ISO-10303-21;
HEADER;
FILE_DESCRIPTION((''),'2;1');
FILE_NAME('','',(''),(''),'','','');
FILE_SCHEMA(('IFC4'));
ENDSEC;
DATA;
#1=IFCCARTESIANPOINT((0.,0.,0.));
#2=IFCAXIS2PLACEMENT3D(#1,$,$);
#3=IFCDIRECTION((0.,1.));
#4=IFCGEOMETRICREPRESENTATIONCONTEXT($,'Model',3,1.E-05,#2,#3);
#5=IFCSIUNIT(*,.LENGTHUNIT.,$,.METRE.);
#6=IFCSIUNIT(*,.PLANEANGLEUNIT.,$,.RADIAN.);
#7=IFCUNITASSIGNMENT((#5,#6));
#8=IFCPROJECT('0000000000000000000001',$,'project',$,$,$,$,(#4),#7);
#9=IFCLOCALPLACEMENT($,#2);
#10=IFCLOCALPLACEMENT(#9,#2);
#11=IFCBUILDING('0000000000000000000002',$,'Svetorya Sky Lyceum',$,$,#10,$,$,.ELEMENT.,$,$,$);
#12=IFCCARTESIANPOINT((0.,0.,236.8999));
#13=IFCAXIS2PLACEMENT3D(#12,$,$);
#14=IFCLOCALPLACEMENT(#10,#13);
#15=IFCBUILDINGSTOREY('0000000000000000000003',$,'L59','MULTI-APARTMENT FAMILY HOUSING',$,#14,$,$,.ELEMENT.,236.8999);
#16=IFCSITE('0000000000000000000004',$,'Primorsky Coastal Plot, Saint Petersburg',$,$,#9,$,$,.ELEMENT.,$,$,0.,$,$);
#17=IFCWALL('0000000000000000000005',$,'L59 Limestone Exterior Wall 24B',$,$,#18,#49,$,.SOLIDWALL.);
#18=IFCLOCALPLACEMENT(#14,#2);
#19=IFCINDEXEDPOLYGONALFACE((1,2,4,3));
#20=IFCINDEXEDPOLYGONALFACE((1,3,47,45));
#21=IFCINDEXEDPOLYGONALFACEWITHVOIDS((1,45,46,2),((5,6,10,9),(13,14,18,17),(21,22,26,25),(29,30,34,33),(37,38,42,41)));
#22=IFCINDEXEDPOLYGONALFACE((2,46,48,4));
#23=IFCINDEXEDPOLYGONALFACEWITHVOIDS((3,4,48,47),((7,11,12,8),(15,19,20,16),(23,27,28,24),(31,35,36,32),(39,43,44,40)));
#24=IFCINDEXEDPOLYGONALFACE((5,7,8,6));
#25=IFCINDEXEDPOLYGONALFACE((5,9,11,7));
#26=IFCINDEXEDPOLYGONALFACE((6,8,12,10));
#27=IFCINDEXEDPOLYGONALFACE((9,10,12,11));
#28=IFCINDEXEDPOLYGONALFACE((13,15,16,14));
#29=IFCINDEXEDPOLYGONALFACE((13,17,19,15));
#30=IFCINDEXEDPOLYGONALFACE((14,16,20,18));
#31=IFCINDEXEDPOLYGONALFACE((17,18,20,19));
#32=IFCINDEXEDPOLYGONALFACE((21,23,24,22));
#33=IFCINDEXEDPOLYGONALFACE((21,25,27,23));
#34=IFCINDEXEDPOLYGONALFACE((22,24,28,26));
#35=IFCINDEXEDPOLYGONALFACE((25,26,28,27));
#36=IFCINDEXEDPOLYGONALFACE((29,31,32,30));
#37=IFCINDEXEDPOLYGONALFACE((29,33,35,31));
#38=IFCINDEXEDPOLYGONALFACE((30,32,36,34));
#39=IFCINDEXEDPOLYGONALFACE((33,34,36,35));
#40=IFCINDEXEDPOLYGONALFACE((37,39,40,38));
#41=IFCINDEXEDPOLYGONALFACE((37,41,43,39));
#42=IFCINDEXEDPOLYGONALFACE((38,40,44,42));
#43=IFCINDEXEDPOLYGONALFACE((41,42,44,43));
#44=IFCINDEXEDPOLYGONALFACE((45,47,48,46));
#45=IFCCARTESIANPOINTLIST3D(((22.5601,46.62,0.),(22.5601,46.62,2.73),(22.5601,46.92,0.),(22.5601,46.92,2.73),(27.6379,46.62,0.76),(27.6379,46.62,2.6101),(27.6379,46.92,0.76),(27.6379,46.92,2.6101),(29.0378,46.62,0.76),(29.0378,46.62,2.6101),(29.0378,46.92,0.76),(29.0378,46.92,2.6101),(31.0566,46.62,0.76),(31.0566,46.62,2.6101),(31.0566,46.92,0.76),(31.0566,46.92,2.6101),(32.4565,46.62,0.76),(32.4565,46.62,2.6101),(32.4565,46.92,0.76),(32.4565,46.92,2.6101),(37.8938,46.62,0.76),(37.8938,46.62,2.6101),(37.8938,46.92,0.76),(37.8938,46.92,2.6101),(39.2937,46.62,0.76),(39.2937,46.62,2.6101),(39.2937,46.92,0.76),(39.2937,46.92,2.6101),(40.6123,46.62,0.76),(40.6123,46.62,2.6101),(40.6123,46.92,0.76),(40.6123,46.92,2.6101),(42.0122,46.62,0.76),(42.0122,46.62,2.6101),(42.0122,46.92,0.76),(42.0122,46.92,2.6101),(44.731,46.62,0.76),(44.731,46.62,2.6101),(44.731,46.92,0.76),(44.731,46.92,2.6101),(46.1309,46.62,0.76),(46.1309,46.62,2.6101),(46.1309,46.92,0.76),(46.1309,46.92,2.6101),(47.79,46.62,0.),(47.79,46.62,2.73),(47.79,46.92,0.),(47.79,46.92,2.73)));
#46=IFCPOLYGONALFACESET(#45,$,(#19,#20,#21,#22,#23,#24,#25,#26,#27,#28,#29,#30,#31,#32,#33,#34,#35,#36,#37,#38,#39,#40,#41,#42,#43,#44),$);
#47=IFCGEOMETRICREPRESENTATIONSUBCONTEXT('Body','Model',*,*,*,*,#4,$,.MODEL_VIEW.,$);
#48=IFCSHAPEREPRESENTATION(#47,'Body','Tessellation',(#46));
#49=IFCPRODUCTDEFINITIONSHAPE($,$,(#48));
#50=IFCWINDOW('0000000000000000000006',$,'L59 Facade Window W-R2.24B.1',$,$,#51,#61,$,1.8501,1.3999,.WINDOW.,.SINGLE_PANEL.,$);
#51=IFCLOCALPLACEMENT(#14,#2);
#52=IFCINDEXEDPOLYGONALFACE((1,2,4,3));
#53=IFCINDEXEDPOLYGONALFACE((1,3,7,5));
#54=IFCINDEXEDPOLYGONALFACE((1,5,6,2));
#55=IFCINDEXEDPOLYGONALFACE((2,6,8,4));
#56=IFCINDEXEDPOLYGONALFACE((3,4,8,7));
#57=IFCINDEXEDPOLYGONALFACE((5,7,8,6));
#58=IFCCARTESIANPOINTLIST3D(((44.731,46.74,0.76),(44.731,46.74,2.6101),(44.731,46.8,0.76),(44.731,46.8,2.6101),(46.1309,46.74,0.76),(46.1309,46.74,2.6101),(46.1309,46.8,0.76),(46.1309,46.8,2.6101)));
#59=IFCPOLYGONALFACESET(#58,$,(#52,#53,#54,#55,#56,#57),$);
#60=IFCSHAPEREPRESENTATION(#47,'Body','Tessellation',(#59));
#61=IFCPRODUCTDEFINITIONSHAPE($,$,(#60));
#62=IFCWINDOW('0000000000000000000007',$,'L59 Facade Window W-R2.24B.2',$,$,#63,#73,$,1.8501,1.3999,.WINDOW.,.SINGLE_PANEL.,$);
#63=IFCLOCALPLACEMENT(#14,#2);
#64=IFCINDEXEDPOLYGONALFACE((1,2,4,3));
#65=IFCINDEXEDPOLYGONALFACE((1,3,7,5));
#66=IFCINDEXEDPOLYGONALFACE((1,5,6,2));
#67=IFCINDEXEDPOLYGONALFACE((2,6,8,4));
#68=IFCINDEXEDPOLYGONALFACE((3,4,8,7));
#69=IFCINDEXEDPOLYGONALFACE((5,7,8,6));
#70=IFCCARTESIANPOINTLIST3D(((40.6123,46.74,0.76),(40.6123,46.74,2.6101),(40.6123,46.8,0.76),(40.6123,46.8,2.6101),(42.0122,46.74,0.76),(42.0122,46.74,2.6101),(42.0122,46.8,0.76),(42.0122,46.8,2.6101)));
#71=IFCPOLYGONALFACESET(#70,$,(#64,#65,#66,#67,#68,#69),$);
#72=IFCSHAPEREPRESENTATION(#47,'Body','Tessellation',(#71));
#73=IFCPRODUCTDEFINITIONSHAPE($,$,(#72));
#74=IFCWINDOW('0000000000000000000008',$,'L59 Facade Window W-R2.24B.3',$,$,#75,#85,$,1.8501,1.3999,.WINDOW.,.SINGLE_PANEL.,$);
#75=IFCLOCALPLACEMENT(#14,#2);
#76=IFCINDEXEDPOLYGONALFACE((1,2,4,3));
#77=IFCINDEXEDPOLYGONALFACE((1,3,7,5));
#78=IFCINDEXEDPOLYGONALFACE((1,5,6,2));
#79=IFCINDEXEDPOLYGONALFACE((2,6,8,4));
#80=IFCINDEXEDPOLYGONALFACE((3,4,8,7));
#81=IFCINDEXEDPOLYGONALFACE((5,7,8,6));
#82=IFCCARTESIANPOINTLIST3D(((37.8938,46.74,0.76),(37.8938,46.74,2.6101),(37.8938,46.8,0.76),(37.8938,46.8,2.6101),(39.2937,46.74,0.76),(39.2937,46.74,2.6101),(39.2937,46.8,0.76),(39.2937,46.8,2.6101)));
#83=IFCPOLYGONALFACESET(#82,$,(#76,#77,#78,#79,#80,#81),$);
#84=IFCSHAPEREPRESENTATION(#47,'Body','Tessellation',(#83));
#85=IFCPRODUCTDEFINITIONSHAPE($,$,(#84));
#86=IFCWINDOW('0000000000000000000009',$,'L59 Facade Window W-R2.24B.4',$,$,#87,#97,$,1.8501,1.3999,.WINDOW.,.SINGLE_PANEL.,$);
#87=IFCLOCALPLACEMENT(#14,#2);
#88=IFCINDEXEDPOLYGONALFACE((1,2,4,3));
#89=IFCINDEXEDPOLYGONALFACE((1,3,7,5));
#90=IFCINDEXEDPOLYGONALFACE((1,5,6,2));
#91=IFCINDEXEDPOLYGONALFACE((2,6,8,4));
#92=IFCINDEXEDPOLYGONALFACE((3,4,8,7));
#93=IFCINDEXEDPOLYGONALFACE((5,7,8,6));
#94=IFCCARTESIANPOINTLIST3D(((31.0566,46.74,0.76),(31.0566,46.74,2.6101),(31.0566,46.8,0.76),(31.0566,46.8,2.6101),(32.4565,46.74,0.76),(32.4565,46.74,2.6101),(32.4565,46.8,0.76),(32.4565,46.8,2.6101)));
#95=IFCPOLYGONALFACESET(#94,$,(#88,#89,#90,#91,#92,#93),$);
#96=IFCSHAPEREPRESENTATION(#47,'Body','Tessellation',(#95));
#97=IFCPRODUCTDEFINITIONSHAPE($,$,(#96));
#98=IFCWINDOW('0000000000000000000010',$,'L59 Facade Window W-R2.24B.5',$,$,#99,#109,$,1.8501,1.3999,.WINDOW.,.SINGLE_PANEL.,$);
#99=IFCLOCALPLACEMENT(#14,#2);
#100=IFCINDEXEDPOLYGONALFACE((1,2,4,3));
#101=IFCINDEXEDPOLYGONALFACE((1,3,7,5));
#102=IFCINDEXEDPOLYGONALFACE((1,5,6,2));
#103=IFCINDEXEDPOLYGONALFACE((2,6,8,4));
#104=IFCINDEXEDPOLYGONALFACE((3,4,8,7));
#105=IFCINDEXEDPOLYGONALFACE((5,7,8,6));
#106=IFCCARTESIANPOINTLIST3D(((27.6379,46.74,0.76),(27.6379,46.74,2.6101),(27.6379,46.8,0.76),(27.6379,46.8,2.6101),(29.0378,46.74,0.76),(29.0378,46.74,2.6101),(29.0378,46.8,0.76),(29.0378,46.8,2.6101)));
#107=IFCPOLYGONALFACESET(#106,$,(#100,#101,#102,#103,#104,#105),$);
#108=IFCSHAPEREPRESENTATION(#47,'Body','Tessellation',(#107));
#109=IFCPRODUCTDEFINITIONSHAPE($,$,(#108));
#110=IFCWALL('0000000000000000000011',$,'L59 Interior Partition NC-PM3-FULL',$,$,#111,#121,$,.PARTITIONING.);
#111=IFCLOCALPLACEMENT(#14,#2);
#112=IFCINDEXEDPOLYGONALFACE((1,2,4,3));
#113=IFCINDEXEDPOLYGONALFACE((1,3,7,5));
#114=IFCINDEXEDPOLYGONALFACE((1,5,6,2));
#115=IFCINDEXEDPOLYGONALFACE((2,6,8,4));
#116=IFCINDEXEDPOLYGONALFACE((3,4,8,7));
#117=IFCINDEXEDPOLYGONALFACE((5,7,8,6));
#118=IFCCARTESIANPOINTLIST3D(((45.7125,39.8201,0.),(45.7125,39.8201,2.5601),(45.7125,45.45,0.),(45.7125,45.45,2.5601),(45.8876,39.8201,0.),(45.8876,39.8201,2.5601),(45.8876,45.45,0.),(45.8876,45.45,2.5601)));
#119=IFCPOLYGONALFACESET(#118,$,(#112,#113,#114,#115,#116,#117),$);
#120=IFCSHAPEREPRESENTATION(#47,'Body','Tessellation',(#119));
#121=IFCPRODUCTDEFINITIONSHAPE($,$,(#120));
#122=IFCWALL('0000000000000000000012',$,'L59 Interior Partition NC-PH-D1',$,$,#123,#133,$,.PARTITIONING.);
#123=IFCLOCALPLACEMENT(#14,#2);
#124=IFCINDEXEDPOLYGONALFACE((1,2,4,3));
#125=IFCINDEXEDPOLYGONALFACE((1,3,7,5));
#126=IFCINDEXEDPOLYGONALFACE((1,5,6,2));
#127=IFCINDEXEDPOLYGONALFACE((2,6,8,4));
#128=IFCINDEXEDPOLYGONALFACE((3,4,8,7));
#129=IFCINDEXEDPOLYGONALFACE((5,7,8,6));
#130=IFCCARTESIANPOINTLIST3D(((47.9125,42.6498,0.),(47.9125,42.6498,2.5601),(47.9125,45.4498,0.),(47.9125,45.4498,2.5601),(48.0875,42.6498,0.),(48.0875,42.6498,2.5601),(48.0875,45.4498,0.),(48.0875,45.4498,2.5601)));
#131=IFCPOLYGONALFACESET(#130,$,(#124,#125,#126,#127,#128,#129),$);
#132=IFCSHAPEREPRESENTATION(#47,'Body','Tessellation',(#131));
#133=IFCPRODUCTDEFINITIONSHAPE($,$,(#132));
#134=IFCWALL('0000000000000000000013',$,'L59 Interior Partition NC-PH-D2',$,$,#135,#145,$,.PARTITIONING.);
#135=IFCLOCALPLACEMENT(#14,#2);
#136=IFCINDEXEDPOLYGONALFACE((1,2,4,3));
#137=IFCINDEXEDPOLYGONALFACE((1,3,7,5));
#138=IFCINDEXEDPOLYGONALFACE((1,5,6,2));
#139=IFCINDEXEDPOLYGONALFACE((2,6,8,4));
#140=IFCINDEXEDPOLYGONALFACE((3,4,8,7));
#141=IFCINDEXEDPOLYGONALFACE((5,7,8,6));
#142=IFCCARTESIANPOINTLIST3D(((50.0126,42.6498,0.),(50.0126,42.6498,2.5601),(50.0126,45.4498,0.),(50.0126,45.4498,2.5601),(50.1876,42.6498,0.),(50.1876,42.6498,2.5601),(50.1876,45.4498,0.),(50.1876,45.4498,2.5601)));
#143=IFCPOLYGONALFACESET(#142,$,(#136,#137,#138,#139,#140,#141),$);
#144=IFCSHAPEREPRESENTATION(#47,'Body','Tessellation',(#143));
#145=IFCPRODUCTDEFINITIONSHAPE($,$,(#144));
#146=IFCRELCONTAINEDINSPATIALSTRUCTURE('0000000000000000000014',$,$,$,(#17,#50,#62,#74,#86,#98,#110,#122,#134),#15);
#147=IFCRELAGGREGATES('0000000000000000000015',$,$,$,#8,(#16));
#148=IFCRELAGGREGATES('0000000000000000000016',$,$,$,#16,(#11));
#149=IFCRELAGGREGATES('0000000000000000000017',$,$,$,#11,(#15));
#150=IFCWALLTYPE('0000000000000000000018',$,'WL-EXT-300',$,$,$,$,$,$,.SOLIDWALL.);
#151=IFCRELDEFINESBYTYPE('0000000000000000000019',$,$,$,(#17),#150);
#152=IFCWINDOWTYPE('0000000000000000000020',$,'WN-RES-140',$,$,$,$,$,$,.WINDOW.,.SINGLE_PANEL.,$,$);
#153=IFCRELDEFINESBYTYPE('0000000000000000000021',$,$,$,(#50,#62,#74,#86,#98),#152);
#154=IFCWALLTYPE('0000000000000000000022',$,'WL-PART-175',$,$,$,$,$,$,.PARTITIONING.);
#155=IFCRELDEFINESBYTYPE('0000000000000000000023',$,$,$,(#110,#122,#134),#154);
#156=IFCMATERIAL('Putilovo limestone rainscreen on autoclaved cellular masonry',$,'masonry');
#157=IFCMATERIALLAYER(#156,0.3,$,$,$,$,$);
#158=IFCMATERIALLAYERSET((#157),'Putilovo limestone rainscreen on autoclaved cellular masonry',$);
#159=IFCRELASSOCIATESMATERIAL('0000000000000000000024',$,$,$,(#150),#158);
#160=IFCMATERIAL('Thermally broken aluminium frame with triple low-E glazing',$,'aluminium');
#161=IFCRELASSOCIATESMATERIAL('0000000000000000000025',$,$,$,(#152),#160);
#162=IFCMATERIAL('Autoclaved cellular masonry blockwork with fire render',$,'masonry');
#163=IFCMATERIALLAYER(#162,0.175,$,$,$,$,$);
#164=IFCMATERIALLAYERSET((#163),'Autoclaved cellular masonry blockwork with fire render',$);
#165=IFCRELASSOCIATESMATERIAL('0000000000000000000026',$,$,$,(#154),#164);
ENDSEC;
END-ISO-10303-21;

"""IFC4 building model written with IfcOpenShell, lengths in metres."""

from ifc_helpers import new_model, si_unit, direction, frame, frame_2d, origin, place, context, subcontext, project, spatial, rectangle, extrude, material, layer, layer_set, type_object, element, fill, save


model = new_model("IFC4")

# Units and contexts
model_context = context("Model", 3, precision=1e-05, world=origin(), true_north=direction((0.0, 1.0)))
body_context = subcontext(model_context, "Body", "Model", "MODEL_VIEW")
ifc_project = project(units=[si_unit("LENGTHUNIT", "METRE"), si_unit("PLANEANGLEUNIT", "RADIAN")], contexts=[model_context])

# Site, building, storey
site_placement = place(None, origin())
site = spatial("IfcSite", under=ifc_project, at=site_placement, Name="Primorsky Coastal Plot, Saint Petersburg", CompositionType="ELEMENT", RefElevation=0.0)
building_placement = place(site_placement, origin())
building = spatial("IfcBuilding", under=site, at=building_placement, Name="Svetorya Sky Lyceum", CompositionType="ELEMENT")
storey_placement = place(building_placement, frame((0.0, 0.0, 236.8999)))
storey = spatial("IfcBuildingStorey", under=building, at=storey_placement, Name="L59", Description="MULTI-APARTMENT FAMILY HOUSING", CompositionType="ELEMENT", Elevation=236.8999)

# Wall, openings, windows
ifc_material_1 = material(Name="Putilovo limestone rainscreen on autoclaved cellular masonry", Category="masonry")
ifc_layer_1 = layer(ifc_material_1, 0.3)
ifc_layer_set_1 = layer_set([ifc_layer_1], Name="Putilovo limestone rainscreen on autoclaved cellular masonry")
wall_type_1 = type_object("IfcWallType", Name="WL-EXT-300", PredefinedType="SOLIDWALL", material=ifc_layer_set_1)
wall_1_placement = place(storey_placement, frame((47.79, 46.77, 0.0), z_axis=(0.0, 0.0, 1.0), x_axis=(-1.0, 0.0, 0.0)))
wall_1 = element("IfcWall", 1, at=wall_1_placement, inside=storey, type_object=wall_type_1, Name="L59 Limestone Exterior Wall 24B", PredefinedType="SOLIDWALL", context=body_context, shape_type="SweptSolid", body=[
    extrude(rectangle(XDim=25.23, YDim=0.3, at=frame_2d((12.615, 0.0))), origin(), (0.0, 0.0, 1.0), 2.73),
])
opening_1_placement = place(wall_1_placement, frame((1.6592, 0.0, 0.76)))
opening_1 = element("IfcOpeningElement", 2, at=opening_1_placement, cuts=wall_1, PredefinedType="OPENING", context=body_context, shape_type="SweptSolid", body=[
    extrude(rectangle(XDim=1.3999, YDim=1.8501, at=frame_2d((0.7, 0.925))), frame((0.0, 0.1599, 0.0), z_axis=(0.0, -1.0, 0.0), x_axis=(1.0, 0.0, 0.0)), (0.0, 0.0, 1.0), 0.3201),
])
opening_2_placement = place(wall_1_placement, frame((5.7778, 0.0, 0.76)))
opening_2 = element("IfcOpeningElement", 3, at=opening_2_placement, cuts=wall_1, PredefinedType="OPENING", context=body_context, shape_type="SweptSolid", body=[
    extrude(rectangle(XDim=1.3999, YDim=1.8501, at=frame_2d((0.7, 0.925))), frame((0.0, 0.1599, 0.0), z_axis=(0.0, -1.0, 0.0), x_axis=(1.0, 0.0, 0.0)), (0.0, 0.0, 1.0), 0.3201),
])
opening_3_placement = place(wall_1_placement, frame((8.4963, 0.0, 0.76)))
opening_3 = element("IfcOpeningElement", 4, at=opening_3_placement, cuts=wall_1, PredefinedType="OPENING", context=body_context, shape_type="SweptSolid", body=[
    extrude(rectangle(XDim=1.3999, YDim=1.8501, at=frame_2d((0.7, 0.925))), frame((0.0, 0.1599, 0.0), z_axis=(0.0, -1.0, 0.0), x_axis=(1.0, 0.0, 0.0)), (0.0, 0.0, 1.0), 0.3201),
])
opening_4_placement = place(wall_1_placement, frame((15.3335, 0.0, 0.76)))
opening_4 = element("IfcOpeningElement", 5, at=opening_4_placement, cuts=wall_1, PredefinedType="OPENING", context=body_context, shape_type="SweptSolid", body=[
    extrude(rectangle(XDim=1.3999, YDim=1.8501, at=frame_2d((0.7, 0.925))), frame((0.0, 0.1599, 0.0), z_axis=(0.0, -1.0, 0.0), x_axis=(1.0, 0.0, 0.0)), (0.0, 0.0, 1.0), 0.3201),
])
opening_5_placement = place(wall_1_placement, frame((18.7522, 0.0, 0.76)))
opening_5 = element("IfcOpeningElement", 6, at=opening_5_placement, cuts=wall_1, PredefinedType="OPENING", context=body_context, shape_type="SweptSolid", body=[
    extrude(rectangle(XDim=1.3999, YDim=1.8501, at=frame_2d((0.7, 0.925))), frame((0.0, 0.1599, 0.0), z_axis=(0.0, -1.0, 0.0), x_axis=(1.0, 0.0, 0.0)), (0.0, 0.0, 1.0), 0.3201),
])
ifc_material_2 = material(Name="Thermally broken aluminium frame with triple low-E glazing", Category="aluminium")
window_type = type_object("IfcWindowType", Name="WN-RES-140", PartitioningType="SINGLE_PANEL", PredefinedType="WINDOW", material=ifc_material_2)
window_1_placement = place(opening_1_placement, origin())
window_1 = element("IfcWindow", 7, at=window_1_placement, inside=storey, type_object=window_type, Name="L59 Facade Window W-R2.24B.1", OverallHeight=1.8501, OverallWidth=1.3999, PartitioningType="SINGLE_PANEL", PredefinedType="WINDOW", context=body_context, shape_type="SweptSolid", body=[
    extrude(rectangle(XDim=1.3999, YDim=1.8501, at=frame_2d((0.7, 0.925))), frame((0.0, 0.03, 0.0), z_axis=(0.0, -1.0, 0.0), x_axis=(1.0, 0.0, 0.0)), (0.0, 0.0, 1.0), 0.0601),
])
fill(opening_1, window_1)
window_2_placement = place(opening_2_placement, origin())
window_2 = element("IfcWindow", 8, at=window_2_placement, inside=storey, type_object=window_type, Name="L59 Facade Window W-R2.24B.2", OverallHeight=1.8501, OverallWidth=1.3999, PartitioningType="SINGLE_PANEL", PredefinedType="WINDOW", context=body_context, shape_type="SweptSolid", body=[
    extrude(rectangle(XDim=1.3999, YDim=1.8501, at=frame_2d((0.7, 0.925))), frame((0.0, 0.03, 0.0), z_axis=(0.0, -1.0, 0.0), x_axis=(1.0, 0.0, 0.0)), (0.0, 0.0, 1.0), 0.0601),
])
fill(opening_2, window_2)
window_3_placement = place(opening_3_placement, origin())
window_3 = element("IfcWindow", 9, at=window_3_placement, inside=storey, type_object=window_type, Name="L59 Facade Window W-R2.24B.3", OverallHeight=1.8501, OverallWidth=1.3999, PartitioningType="SINGLE_PANEL", PredefinedType="WINDOW", context=body_context, shape_type="SweptSolid", body=[
    extrude(rectangle(XDim=1.3999, YDim=1.8501, at=frame_2d((0.7, 0.925))), frame((0.0, 0.03, 0.0), z_axis=(0.0, -1.0, 0.0), x_axis=(1.0, 0.0, 0.0)), (0.0, 0.0, 1.0), 0.0601),
])
fill(opening_3, window_3)
window_4_placement = place(opening_4_placement, origin())
window_4 = element("IfcWindow", 10, at=window_4_placement, inside=storey, type_object=window_type, Name="L59 Facade Window W-R2.24B.4", OverallHeight=1.8501, OverallWidth=1.3999, PartitioningType="SINGLE_PANEL", PredefinedType="WINDOW", context=body_context, shape_type="SweptSolid", body=[
    extrude(rectangle(XDim=1.3999, YDim=1.8501, at=frame_2d((0.7, 0.925))), frame((0.0, 0.03, 0.0), z_axis=(0.0, -1.0, 0.0), x_axis=(1.0, 0.0, 0.0)), (0.0, 0.0, 1.0), 0.0601),
])
fill(opening_4, window_4)
window_5_placement = place(opening_5_placement, origin())
window_5 = element("IfcWindow", 11, at=window_5_placement, inside=storey, type_object=window_type, Name="L59 Facade Window W-R2.24B.5", OverallHeight=1.8501, OverallWidth=1.3999, PartitioningType="SINGLE_PANEL", PredefinedType="WINDOW", context=body_context, shape_type="SweptSolid", body=[
    extrude(rectangle(XDim=1.3999, YDim=1.8501, at=frame_2d((0.7, 0.925))), frame((0.0, 0.03, 0.0), z_axis=(0.0, -1.0, 0.0), x_axis=(1.0, 0.0, 0.0)), (0.0, 0.0, 1.0), 0.0601),
])
fill(opening_5, window_5)

# Walls
ifc_material_3 = material(Name="Autoclaved cellular masonry blockwork with fire render", Category="masonry")
ifc_layer_2 = layer(ifc_material_3, 0.175)
ifc_layer_set_2 = layer_set([ifc_layer_2], Name="Autoclaved cellular masonry blockwork with fire render")
wall_type_2 = type_object("IfcWallType", Name="WL-PART-175", PredefinedType="PARTITIONING", material=ifc_layer_set_2)
wall_2_placement = place(storey_placement, frame((45.8, 39.8201, 0.0), z_axis=(0.0, 0.0, 1.0), x_axis=(0.0, 1.0, 0.0)))
element("IfcWall", 12, at=wall_2_placement, inside=storey, type_object=wall_type_2, Name="L59 Interior Partition NC-PM3-FULL", PredefinedType="PARTITIONING", context=body_context, shape_type="SweptSolid", body=[
    extrude(rectangle(XDim=5.6299, YDim=0.175, at=frame_2d((2.8149, 0.0))), origin(), (0.0, 0.0, 1.0), 2.5601),
])
for number, where, z_axis, x_axis, name in (
    (13, (48.0, 42.6499, 0.0), (0.0, 0.0, 1.0), (0.0, 1.0, 0.0), "L59 Interior Partition NC-PH-D1"),
    (14, (50.1001, 42.6499, 0.0), (0.0, 0.0, 1.0), (0.0, 1.0, 0.0), "L59 Interior Partition NC-PH-D2"),
):
    element("IfcWall", number, at=place(storey_placement, frame(where, z_axis=z_axis, x_axis=x_axis)), inside=storey, type_object=wall_type_2, Name=name, PredefinedType="PARTITIONING", context=body_context, shape_type="SweptSolid", body=[
        extrude(rectangle(XDim=2.8, YDim=0.175, at=frame_2d((1.3999, 0.0))), origin(), (0.0, 0.0, 1.0), 2.5601),
    ])

save(model, "model.ifc")
